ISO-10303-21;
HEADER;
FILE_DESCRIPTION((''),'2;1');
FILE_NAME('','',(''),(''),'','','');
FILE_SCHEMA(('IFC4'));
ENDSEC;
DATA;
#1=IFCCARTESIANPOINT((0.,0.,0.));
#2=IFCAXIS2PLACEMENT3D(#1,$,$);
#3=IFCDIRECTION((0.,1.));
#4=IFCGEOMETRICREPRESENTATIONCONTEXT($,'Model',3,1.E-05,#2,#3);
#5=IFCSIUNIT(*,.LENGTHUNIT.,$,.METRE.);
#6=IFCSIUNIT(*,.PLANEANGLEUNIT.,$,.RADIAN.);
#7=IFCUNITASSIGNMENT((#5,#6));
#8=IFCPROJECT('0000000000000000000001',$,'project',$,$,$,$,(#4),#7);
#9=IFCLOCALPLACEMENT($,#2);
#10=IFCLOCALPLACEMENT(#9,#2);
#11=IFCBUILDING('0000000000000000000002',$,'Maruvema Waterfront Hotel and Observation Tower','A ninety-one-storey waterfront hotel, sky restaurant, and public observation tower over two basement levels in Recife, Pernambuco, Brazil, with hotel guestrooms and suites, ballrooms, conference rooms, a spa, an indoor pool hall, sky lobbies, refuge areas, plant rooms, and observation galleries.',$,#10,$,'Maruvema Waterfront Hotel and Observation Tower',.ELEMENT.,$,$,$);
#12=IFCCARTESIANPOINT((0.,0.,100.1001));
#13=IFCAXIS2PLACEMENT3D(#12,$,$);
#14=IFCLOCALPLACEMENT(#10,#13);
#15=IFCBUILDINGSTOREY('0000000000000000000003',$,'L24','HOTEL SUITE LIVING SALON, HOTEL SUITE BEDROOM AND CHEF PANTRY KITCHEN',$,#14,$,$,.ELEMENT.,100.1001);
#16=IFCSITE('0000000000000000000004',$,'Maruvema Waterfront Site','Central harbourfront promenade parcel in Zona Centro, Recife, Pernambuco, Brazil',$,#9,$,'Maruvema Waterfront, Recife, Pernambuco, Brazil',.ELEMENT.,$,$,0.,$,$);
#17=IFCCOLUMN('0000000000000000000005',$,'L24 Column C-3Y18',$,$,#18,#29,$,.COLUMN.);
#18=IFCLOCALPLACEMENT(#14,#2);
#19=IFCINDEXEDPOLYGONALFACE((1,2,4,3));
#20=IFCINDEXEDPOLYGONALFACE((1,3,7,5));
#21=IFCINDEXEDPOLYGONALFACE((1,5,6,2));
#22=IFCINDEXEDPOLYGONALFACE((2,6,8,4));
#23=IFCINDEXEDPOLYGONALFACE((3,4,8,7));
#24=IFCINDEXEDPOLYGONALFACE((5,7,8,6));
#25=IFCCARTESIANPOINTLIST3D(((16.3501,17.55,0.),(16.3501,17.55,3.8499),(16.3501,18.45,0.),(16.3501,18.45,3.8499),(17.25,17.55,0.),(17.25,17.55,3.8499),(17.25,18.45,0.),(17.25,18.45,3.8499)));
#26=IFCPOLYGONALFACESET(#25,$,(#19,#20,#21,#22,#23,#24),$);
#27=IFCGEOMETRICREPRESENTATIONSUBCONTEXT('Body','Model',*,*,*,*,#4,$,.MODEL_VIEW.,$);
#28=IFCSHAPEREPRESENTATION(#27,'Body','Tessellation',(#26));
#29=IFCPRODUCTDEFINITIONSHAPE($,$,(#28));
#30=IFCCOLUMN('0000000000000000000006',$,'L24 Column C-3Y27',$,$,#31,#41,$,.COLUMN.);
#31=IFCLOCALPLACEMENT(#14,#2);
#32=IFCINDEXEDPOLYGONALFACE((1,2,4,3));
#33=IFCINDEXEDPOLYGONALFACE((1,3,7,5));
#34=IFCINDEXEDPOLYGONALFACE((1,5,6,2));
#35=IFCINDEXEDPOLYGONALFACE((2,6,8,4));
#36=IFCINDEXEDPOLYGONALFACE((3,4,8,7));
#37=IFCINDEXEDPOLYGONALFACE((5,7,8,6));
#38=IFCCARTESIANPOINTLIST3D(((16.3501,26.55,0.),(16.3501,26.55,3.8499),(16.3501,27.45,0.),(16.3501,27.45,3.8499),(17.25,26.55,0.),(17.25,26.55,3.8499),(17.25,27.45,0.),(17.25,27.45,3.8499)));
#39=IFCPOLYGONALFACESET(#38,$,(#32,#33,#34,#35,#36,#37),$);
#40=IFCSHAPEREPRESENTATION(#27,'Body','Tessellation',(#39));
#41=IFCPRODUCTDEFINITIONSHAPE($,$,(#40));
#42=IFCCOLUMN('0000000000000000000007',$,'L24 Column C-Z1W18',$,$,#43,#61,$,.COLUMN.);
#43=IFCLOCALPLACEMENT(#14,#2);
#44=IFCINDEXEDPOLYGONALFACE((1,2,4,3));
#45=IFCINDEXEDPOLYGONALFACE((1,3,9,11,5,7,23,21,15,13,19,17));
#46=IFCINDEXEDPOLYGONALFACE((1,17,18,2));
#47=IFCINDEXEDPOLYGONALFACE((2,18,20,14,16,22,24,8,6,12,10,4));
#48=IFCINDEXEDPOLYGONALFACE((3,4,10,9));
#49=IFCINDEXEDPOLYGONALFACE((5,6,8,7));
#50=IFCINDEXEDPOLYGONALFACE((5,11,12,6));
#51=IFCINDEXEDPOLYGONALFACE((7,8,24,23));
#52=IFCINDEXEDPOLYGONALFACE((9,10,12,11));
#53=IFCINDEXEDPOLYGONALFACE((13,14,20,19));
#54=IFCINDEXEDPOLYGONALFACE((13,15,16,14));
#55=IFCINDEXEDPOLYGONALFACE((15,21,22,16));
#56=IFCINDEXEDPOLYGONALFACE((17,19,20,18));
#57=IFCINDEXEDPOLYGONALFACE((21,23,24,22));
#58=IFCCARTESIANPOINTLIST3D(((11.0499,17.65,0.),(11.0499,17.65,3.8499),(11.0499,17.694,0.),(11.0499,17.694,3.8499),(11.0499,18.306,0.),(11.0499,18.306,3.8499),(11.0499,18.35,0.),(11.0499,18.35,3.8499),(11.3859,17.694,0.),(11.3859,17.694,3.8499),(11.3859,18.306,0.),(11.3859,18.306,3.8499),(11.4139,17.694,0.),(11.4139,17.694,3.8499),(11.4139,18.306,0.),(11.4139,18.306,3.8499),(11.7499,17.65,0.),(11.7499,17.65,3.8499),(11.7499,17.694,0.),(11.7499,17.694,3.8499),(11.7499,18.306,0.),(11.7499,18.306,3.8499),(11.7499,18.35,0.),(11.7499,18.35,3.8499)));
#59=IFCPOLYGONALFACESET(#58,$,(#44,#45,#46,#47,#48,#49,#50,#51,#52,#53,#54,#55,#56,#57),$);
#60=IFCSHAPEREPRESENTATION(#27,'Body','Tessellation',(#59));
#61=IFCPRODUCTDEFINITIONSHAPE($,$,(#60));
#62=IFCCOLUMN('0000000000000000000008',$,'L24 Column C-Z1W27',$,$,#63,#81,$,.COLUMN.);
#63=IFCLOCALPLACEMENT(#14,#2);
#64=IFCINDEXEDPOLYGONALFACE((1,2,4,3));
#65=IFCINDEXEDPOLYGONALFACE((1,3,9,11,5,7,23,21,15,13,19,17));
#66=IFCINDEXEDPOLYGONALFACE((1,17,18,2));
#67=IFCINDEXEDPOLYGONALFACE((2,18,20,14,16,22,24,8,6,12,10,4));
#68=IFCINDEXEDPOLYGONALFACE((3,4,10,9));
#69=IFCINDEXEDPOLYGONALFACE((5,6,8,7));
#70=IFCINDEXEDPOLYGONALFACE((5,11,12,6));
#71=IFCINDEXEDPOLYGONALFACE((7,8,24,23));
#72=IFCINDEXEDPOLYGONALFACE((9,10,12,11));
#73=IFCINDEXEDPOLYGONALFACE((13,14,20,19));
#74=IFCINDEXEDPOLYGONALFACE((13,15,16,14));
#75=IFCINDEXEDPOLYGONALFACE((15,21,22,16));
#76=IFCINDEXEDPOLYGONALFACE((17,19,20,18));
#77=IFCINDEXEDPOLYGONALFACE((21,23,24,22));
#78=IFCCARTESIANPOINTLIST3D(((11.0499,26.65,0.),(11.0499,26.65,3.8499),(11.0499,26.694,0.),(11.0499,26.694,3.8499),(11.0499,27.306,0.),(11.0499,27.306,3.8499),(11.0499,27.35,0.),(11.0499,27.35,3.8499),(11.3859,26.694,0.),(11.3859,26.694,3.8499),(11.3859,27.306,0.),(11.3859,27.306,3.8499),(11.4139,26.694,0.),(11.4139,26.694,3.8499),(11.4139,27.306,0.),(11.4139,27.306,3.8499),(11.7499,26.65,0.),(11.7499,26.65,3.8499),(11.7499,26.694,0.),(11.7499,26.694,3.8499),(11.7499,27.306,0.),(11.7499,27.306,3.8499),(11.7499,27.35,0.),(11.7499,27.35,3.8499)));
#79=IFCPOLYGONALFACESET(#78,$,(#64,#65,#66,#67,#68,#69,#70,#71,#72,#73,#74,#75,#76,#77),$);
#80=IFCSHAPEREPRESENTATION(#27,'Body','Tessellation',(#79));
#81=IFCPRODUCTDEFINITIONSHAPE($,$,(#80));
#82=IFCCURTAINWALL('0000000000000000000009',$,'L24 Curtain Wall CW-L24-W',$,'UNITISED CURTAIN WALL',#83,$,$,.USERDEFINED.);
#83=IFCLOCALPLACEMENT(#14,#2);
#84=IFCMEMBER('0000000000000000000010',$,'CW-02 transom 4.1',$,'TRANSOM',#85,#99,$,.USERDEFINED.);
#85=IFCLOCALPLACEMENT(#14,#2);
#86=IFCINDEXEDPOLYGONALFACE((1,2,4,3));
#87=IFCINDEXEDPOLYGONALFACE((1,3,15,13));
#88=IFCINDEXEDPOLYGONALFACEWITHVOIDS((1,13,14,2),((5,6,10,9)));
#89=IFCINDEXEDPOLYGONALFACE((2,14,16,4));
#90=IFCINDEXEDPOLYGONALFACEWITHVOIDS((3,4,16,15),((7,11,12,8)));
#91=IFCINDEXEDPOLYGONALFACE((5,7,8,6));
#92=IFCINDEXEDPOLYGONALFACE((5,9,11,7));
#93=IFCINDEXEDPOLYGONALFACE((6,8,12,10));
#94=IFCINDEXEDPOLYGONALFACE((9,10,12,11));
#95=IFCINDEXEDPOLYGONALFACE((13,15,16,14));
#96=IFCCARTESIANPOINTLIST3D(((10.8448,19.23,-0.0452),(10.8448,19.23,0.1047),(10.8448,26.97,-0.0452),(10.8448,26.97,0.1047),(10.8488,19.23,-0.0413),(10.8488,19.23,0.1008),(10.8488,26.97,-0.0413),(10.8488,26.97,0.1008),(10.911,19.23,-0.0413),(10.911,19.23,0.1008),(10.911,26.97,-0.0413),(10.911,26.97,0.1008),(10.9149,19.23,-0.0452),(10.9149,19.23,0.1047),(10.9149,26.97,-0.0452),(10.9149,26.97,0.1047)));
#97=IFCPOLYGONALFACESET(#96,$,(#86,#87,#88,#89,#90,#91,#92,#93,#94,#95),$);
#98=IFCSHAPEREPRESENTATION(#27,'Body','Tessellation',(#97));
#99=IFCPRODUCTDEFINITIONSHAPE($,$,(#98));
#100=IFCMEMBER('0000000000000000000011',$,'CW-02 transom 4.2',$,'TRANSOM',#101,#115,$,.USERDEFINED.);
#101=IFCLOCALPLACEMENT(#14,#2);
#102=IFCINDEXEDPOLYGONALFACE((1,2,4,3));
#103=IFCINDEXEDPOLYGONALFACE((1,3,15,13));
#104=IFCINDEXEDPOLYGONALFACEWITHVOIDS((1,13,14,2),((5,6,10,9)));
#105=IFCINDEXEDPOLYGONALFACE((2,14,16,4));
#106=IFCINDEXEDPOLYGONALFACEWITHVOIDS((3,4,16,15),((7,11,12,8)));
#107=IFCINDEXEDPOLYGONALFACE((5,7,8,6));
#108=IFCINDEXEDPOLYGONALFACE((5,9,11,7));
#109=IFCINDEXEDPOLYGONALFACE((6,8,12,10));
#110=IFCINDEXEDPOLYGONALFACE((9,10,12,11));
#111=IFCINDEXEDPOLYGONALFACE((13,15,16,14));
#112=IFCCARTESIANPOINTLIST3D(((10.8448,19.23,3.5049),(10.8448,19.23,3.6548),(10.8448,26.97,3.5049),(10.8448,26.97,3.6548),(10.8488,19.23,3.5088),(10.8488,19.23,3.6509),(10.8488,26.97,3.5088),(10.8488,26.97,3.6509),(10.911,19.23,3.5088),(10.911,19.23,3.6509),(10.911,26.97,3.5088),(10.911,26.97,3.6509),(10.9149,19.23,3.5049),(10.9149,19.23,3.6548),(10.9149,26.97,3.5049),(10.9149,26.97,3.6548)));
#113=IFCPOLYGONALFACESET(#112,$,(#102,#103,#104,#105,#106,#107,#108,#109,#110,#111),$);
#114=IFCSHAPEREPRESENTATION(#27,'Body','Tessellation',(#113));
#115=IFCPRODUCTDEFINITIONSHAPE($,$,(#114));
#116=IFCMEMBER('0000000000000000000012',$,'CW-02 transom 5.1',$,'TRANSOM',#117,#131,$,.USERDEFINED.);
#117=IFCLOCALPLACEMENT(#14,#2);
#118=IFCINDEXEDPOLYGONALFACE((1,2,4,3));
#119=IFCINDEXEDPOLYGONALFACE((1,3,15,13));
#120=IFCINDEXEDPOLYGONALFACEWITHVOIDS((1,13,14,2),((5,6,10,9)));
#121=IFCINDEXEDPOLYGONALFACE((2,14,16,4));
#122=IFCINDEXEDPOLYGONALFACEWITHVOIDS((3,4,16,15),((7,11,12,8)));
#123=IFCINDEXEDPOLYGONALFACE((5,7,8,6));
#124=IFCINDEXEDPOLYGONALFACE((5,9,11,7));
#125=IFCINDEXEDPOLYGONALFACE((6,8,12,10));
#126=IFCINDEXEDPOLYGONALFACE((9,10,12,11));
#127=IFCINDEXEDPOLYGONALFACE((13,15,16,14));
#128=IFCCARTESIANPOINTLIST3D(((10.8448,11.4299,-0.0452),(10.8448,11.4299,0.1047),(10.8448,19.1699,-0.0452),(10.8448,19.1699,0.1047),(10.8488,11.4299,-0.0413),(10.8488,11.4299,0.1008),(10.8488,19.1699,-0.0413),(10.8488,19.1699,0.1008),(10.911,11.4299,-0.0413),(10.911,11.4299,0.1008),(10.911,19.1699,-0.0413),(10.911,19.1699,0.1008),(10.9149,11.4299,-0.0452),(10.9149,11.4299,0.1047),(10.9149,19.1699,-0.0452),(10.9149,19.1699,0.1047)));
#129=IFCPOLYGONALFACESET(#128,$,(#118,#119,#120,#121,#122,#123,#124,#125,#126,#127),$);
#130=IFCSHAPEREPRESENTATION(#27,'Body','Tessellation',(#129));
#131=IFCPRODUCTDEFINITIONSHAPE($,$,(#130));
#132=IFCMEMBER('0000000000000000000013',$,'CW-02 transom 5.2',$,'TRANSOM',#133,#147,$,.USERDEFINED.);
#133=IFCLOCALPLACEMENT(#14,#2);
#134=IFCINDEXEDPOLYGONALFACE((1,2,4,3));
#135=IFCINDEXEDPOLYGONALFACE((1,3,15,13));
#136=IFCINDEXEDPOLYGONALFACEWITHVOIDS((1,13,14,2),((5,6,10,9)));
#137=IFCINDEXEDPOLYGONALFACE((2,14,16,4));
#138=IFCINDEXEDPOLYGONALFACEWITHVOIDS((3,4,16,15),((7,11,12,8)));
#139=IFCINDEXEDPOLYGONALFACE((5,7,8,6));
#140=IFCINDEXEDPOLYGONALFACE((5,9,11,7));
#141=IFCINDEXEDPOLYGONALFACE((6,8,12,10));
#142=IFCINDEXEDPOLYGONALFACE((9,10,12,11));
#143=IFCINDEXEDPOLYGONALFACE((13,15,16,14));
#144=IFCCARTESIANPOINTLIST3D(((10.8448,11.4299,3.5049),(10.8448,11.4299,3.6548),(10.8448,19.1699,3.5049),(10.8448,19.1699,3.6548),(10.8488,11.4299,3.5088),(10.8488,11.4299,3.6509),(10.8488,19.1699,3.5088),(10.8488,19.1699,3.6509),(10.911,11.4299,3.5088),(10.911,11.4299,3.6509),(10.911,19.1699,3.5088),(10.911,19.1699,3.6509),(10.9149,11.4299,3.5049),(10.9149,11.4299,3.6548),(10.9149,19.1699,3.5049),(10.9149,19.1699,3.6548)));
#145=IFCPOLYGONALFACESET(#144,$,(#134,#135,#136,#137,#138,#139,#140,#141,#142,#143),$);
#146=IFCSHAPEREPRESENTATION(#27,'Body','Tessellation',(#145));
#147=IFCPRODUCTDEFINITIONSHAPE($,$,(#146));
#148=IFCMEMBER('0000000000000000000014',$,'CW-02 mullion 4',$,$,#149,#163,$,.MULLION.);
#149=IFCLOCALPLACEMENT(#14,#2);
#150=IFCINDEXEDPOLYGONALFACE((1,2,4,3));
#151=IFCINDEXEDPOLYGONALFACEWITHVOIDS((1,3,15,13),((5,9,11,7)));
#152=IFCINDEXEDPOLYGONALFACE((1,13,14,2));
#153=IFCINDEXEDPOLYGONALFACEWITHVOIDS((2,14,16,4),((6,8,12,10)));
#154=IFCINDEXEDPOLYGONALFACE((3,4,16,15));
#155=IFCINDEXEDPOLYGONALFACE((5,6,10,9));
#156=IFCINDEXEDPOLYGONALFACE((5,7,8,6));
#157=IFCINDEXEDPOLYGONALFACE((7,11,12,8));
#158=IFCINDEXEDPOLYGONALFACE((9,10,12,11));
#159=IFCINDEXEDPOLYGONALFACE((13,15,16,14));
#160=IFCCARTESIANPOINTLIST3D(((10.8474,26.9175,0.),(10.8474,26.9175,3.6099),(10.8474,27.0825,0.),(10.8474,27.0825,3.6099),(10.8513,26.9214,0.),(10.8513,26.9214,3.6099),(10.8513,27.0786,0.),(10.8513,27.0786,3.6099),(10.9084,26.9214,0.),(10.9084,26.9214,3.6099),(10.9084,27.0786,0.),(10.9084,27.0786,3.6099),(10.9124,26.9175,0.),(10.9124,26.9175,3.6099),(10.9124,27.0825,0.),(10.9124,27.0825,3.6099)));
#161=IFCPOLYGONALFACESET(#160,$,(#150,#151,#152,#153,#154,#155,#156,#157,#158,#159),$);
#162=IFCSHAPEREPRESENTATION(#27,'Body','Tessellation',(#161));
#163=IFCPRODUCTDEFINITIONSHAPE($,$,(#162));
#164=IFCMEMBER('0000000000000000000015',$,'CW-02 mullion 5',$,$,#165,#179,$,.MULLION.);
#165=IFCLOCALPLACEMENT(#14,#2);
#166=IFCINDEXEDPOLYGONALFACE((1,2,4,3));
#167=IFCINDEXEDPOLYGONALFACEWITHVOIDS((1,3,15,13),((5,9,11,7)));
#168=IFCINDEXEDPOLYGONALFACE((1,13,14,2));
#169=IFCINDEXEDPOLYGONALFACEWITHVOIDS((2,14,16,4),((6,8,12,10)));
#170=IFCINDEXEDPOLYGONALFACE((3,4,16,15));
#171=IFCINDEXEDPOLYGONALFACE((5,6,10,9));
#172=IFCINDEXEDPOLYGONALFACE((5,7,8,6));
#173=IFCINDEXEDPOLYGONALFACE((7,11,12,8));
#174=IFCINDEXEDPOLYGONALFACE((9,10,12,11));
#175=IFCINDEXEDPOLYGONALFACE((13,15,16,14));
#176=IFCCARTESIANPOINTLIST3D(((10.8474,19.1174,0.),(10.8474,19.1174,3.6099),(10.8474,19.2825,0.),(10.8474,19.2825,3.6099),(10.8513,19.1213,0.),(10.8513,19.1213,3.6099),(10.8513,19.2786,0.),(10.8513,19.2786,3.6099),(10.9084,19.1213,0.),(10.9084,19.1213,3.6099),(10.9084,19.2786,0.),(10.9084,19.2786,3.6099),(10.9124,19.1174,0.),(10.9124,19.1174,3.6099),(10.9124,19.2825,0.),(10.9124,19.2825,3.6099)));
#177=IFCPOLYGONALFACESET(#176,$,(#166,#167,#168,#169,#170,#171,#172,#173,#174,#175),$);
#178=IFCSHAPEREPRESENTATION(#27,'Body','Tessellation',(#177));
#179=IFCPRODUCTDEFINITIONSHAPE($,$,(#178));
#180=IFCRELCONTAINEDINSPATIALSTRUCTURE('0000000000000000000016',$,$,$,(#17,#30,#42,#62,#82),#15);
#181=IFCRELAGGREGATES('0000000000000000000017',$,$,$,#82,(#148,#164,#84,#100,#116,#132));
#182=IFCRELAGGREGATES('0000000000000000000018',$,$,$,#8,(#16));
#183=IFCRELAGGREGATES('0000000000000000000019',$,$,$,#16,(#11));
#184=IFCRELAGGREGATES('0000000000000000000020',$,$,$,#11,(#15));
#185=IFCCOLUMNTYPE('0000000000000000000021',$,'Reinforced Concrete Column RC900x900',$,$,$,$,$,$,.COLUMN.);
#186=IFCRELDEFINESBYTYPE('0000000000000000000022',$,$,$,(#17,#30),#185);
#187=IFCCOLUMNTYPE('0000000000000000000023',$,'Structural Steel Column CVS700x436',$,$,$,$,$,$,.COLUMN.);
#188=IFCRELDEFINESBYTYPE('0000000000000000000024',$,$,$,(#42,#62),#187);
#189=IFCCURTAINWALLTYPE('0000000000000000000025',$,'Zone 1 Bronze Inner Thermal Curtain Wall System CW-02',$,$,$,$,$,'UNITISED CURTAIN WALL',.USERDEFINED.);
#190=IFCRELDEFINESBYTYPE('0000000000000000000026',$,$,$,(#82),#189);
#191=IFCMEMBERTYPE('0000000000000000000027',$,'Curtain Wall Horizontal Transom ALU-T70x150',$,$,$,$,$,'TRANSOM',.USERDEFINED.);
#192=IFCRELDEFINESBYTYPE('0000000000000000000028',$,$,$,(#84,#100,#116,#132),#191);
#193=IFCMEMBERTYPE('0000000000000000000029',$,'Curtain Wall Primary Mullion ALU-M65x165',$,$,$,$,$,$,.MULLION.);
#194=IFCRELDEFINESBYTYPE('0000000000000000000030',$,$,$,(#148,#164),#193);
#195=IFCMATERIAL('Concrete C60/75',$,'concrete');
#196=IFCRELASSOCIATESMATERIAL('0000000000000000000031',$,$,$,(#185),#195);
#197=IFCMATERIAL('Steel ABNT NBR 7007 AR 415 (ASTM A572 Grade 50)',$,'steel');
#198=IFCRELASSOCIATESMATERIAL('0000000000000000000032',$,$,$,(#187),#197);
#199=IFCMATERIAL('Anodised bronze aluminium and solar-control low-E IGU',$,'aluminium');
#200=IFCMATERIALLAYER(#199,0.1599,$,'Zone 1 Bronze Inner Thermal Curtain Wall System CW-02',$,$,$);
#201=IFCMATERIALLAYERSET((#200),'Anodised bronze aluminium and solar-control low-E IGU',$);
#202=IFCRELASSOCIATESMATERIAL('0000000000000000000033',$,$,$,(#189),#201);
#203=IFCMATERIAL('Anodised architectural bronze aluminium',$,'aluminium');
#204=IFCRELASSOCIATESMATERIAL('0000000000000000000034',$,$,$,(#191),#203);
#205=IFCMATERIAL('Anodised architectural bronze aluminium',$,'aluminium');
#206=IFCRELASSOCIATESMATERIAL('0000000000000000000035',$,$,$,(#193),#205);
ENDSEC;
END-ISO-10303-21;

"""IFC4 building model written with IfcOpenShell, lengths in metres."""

from ifc_helpers import new_model, si_unit, direction, frame, origin, origin_2d, place, context, subcontext, project, spatial, rectangle, hollow_rectangle, i_section, extrude, material, layer, layer_set, material_profile, profile_set, type_object, element, aggregate, save


model = new_model("IFC4")

# Units and contexts
model_context = context("Model", 3, precision=1e-05, world=origin(), true_north=direction((0.0, 1.0)))
body_context = subcontext(model_context, "Body", "Model", "MODEL_VIEW")
ifc_project = project(units=[si_unit("LENGTHUNIT", "METRE"), si_unit("PLANEANGLEUNIT", "RADIAN")], contexts=[model_context])

# Site, building, storey
site_placement = place(None, origin())
site = spatial("IfcSite", under=ifc_project, at=site_placement, Name="Maruvema Waterfront Site", Description="Central harbourfront promenade parcel in Zona Centro, Recife, Pernambuco, Brazil", LongName="Maruvema Waterfront, Recife, Pernambuco, Brazil", CompositionType="ELEMENT", RefElevation=0.0)
building_placement = place(site_placement, origin())
building = spatial("IfcBuilding", under=site, at=building_placement, Name="Maruvema Waterfront Hotel and Observation Tower", Description="A ninety-one-storey waterfront hotel, sky restaurant, and public observation tower over two basement levels in Recife, Pernambuco, Brazil, with hotel guestrooms and suites, ballrooms, conference rooms, a spa, an indoor pool hall, sky lobbies, refuge areas, plant rooms, and observation galleries.", LongName="Maruvema Waterfront Hotel and Observation Tower", CompositionType="ELEMENT")
storey_placement = place(building_placement, frame((0.0, 0.0, 100.1001)))
storey = spatial("IfcBuildingStorey", under=building, at=storey_placement, Name="L24", Description="HOTEL SUITE LIVING SALON, HOTEL SUITE BEDROOM AND CHEF PANTRY KITCHEN", CompositionType="ELEMENT", Elevation=100.1001)

# Columns
ifc_material_1 = material(Name="Concrete C60/75", Category="concrete")
ifc_material_profile_1 = material_profile(ifc_material_1, rectangle(XDim=0.8999, YDim=0.8999, at=origin_2d()), Name="RC900x900")
ifc_profile_set_1 = profile_set([ifc_material_profile_1], Name="Concrete C60/75")
column_type_1 = type_object("IfcColumnType", Name="Reinforced Concrete Column RC900x900", PredefinedType="COLUMN", material=ifc_profile_set_1)
for number, where, z_axis, x_axis, name in (
    (1, (16.8, 18.0, 0.0), (0.0, 0.0, 1.0), (1.0, 0.0, 0.0), "L24 Column C-3Y18"),
    (2, (16.8, 27.0, 0.0), (0.0, 0.0, 1.0), (1.0, 0.0, 0.0), "L24 Column C-3Y27"),
):
    element("IfcColumn", number, at=place(storey_placement, frame(where, z_axis=z_axis, x_axis=x_axis)), inside=storey, type_object=column_type_1, Name=name, PredefinedType="COLUMN", context=body_context, shape_type="SweptSolid", body=[
        extrude(rectangle(XDim=0.8999, YDim=0.8999, at=origin_2d()), origin(), (0.0, 0.0, 1.0), 3.8499),
    ])
ifc_material_2 = material(Name="Steel ABNT NBR 7007 AR 415 (ASTM A572 Grade 50)", Category="steel")
ifc_material_profile_2 = material_profile(ifc_material_2, i_section(OverallWidth=0.7, OverallDepth=0.7, WebThickness=0.0281, FlangeThickness=0.0439, at=origin_2d()), Name="CVS700x436")
ifc_profile_set_2 = profile_set([ifc_material_profile_2], Name="Steel ABNT NBR 7007 AR 415 (ASTM A572 Grade 50)")
column_type_2 = type_object("IfcColumnType", Name="Structural Steel Column CVS700x436", PredefinedType="COLUMN", material=ifc_profile_set_2)
for number, where, z_axis, x_axis, name in (
    (3, (11.3999, 18.0, 0.0), (0.0, 0.0, 1.0), (1.0, 0.0, 0.0), "L24 Column C-Z1W18"),
    (4, (11.3999, 27.0, 0.0), (0.0, 0.0, 1.0), (1.0, 0.0, 0.0), "L24 Column C-Z1W27"),
):
    element("IfcColumn", number, at=place(storey_placement, frame(where, z_axis=z_axis, x_axis=x_axis)), inside=storey, type_object=column_type_2, Name=name, PredefinedType="COLUMN", context=body_context, shape_type="SweptSolid", body=[
        extrude(i_section(OverallWidth=0.7, OverallDepth=0.7, WebThickness=0.0281, FlangeThickness=0.0439, at=origin_2d()), origin(), (0.0, 0.0, 1.0), 3.8499),
    ])

# Curtain wall, members
ifc_material_3 = material(Name="Anodised bronze aluminium and solar-control low-E IGU", Category="aluminium")
ifc_layer_1 = layer(ifc_material_3, 0.1599, Name="Zone 1 Bronze Inner Thermal Curtain Wall System CW-02")
ifc_layer_set_1 = layer_set([ifc_layer_1], Name="Anodised bronze aluminium and solar-control low-E IGU")
curtain_wall_type = type_object("IfcCurtainWallType", Name="Zone 1 Bronze Inner Thermal Curtain Wall System CW-02", ElementType="UNITISED CURTAIN WALL", PredefinedType="USERDEFINED", material=ifc_layer_set_1)
curtain_wall_placement = place(storey_placement, origin())
curtain_wall = element("IfcCurtainWall", 5, at=curtain_wall_placement, inside=storey, type_object=curtain_wall_type, Name="L24 Curtain Wall CW-L24-W", ObjectType="UNITISED CURTAIN WALL", PredefinedType="USERDEFINED")
ifc_material_4 = material(Name="Anodised architectural bronze aluminium", Category="aluminium")
ifc_material_profile_3 = material_profile(ifc_material_4, hollow_rectangle(XDim=0.0701, YDim=0.1499, WallThickness=0.0039, at=origin_2d()), Name="ALU-T70x150")
ifc_profile_set_3 = profile_set([ifc_material_profile_3], Name="Anodised architectural bronze aluminium")
member_type_1 = type_object("IfcMemberType", Name="Curtain Wall Horizontal Transom ALU-T70x150", ElementType="TRANSOM", PredefinedType="USERDEFINED", material=ifc_profile_set_3)
member_1_placement = place(storey_placement, frame((10.8799, 26.97, 0.0298), z_axis=(0.0, -1.0, 0.0), x_axis=(1.0, 0.0, 0.0)))
member_1 = element("IfcMember", 6, at=member_1_placement, type_object=member_type_1, Name="CW-02 transom 4.1", ObjectType="TRANSOM", PredefinedType="USERDEFINED", context=body_context, shape_type="SweptSolid", body=[
    extrude(hollow_rectangle(XDim=0.0701, YDim=0.1499, WallThickness=0.0039, at=origin_2d()), origin(), (0.0, 0.0, 1.0), 7.74),
])
member_2_placement = place(storey_placement, frame((10.8799, 26.97, 3.5798), z_axis=(0.0, -1.0, 0.0), x_axis=(1.0, 0.0, 0.0)))
member_2 = element("IfcMember", 7, at=member_2_placement, type_object=member_type_1, Name="CW-02 transom 4.2", ObjectType="TRANSOM", PredefinedType="USERDEFINED", context=body_context, shape_type="SweptSolid", body=[
    extrude(hollow_rectangle(XDim=0.0701, YDim=0.1499, WallThickness=0.0039, at=origin_2d()), origin(), (0.0, 0.0, 1.0), 7.74),
])
member_3_placement = place(storey_placement, frame((10.8799, 19.1699, 0.0298), z_axis=(0.0, -1.0, 0.0), x_axis=(1.0, 0.0, 0.0)))
member_3 = element("IfcMember", 8, at=member_3_placement, type_object=member_type_1, Name="CW-02 transom 5.1", ObjectType="TRANSOM", PredefinedType="USERDEFINED", context=body_context, shape_type="SweptSolid", body=[
    extrude(hollow_rectangle(XDim=0.0701, YDim=0.1499, WallThickness=0.0039, at=origin_2d()), origin(), (0.0, 0.0, 1.0), 7.74),
])
member_4_placement = place(storey_placement, frame((10.8799, 19.1699, 3.5798), z_axis=(0.0, -1.0, 0.0), x_axis=(1.0, 0.0, 0.0)))
member_4 = element("IfcMember", 9, at=member_4_placement, type_object=member_type_1, Name="CW-02 transom 5.2", ObjectType="TRANSOM", PredefinedType="USERDEFINED", context=body_context, shape_type="SweptSolid", body=[
    extrude(hollow_rectangle(XDim=0.0701, YDim=0.1499, WallThickness=0.0039, at=origin_2d()), origin(), (0.0, 0.0, 1.0), 7.74),
])
ifc_material_5 = material(Name="Anodised architectural bronze aluminium", Category="aluminium")
ifc_material_profile_4 = material_profile(ifc_material_5, hollow_rectangle(XDim=0.0649, YDim=0.165, WallThickness=0.0039, at=origin_2d()), Name="ALU-M65x165")
ifc_profile_set_4 = profile_set([ifc_material_profile_4], Name="Anodised architectural bronze aluminium")
member_type_2 = type_object("IfcMemberType", Name="Curtain Wall Primary Mullion ALU-M65x165", PredefinedType="MULLION", material=ifc_profile_set_4)
member_5_placement = place(storey_placement, frame((10.8799, 27.0, 0.0), z_axis=(0.0, 0.0, 1.0), x_axis=(1.0, 0.0, 0.0)))
member_5 = element("IfcMember", 10, at=member_5_placement, type_object=member_type_2, Name="CW-02 mullion 4", PredefinedType="MULLION", context=body_context, shape_type="SweptSolid", body=[
    extrude(hollow_rectangle(XDim=0.0649, YDim=0.165, WallThickness=0.0039, at=origin_2d()), origin(), (0.0, 0.0, 1.0), 3.6099),
])
member_6_placement = place(storey_placement, frame((10.8799, 19.2, 0.0), z_axis=(0.0, 0.0, 1.0), x_axis=(1.0, 0.0, 0.0)))
member_6 = element("IfcMember", 11, at=member_6_placement, type_object=member_type_2, Name="CW-02 mullion 5", PredefinedType="MULLION", context=body_context, shape_type="SweptSolid", body=[
    extrude(hollow_rectangle(XDim=0.0649, YDim=0.165, WallThickness=0.0039, at=origin_2d()), origin(), (0.0, 0.0, 1.0), 3.6099),
])

aggregate(curtain_wall, [member_5, member_6, member_1, member_2, member_3, member_4])

save(model, "model.ifc")
